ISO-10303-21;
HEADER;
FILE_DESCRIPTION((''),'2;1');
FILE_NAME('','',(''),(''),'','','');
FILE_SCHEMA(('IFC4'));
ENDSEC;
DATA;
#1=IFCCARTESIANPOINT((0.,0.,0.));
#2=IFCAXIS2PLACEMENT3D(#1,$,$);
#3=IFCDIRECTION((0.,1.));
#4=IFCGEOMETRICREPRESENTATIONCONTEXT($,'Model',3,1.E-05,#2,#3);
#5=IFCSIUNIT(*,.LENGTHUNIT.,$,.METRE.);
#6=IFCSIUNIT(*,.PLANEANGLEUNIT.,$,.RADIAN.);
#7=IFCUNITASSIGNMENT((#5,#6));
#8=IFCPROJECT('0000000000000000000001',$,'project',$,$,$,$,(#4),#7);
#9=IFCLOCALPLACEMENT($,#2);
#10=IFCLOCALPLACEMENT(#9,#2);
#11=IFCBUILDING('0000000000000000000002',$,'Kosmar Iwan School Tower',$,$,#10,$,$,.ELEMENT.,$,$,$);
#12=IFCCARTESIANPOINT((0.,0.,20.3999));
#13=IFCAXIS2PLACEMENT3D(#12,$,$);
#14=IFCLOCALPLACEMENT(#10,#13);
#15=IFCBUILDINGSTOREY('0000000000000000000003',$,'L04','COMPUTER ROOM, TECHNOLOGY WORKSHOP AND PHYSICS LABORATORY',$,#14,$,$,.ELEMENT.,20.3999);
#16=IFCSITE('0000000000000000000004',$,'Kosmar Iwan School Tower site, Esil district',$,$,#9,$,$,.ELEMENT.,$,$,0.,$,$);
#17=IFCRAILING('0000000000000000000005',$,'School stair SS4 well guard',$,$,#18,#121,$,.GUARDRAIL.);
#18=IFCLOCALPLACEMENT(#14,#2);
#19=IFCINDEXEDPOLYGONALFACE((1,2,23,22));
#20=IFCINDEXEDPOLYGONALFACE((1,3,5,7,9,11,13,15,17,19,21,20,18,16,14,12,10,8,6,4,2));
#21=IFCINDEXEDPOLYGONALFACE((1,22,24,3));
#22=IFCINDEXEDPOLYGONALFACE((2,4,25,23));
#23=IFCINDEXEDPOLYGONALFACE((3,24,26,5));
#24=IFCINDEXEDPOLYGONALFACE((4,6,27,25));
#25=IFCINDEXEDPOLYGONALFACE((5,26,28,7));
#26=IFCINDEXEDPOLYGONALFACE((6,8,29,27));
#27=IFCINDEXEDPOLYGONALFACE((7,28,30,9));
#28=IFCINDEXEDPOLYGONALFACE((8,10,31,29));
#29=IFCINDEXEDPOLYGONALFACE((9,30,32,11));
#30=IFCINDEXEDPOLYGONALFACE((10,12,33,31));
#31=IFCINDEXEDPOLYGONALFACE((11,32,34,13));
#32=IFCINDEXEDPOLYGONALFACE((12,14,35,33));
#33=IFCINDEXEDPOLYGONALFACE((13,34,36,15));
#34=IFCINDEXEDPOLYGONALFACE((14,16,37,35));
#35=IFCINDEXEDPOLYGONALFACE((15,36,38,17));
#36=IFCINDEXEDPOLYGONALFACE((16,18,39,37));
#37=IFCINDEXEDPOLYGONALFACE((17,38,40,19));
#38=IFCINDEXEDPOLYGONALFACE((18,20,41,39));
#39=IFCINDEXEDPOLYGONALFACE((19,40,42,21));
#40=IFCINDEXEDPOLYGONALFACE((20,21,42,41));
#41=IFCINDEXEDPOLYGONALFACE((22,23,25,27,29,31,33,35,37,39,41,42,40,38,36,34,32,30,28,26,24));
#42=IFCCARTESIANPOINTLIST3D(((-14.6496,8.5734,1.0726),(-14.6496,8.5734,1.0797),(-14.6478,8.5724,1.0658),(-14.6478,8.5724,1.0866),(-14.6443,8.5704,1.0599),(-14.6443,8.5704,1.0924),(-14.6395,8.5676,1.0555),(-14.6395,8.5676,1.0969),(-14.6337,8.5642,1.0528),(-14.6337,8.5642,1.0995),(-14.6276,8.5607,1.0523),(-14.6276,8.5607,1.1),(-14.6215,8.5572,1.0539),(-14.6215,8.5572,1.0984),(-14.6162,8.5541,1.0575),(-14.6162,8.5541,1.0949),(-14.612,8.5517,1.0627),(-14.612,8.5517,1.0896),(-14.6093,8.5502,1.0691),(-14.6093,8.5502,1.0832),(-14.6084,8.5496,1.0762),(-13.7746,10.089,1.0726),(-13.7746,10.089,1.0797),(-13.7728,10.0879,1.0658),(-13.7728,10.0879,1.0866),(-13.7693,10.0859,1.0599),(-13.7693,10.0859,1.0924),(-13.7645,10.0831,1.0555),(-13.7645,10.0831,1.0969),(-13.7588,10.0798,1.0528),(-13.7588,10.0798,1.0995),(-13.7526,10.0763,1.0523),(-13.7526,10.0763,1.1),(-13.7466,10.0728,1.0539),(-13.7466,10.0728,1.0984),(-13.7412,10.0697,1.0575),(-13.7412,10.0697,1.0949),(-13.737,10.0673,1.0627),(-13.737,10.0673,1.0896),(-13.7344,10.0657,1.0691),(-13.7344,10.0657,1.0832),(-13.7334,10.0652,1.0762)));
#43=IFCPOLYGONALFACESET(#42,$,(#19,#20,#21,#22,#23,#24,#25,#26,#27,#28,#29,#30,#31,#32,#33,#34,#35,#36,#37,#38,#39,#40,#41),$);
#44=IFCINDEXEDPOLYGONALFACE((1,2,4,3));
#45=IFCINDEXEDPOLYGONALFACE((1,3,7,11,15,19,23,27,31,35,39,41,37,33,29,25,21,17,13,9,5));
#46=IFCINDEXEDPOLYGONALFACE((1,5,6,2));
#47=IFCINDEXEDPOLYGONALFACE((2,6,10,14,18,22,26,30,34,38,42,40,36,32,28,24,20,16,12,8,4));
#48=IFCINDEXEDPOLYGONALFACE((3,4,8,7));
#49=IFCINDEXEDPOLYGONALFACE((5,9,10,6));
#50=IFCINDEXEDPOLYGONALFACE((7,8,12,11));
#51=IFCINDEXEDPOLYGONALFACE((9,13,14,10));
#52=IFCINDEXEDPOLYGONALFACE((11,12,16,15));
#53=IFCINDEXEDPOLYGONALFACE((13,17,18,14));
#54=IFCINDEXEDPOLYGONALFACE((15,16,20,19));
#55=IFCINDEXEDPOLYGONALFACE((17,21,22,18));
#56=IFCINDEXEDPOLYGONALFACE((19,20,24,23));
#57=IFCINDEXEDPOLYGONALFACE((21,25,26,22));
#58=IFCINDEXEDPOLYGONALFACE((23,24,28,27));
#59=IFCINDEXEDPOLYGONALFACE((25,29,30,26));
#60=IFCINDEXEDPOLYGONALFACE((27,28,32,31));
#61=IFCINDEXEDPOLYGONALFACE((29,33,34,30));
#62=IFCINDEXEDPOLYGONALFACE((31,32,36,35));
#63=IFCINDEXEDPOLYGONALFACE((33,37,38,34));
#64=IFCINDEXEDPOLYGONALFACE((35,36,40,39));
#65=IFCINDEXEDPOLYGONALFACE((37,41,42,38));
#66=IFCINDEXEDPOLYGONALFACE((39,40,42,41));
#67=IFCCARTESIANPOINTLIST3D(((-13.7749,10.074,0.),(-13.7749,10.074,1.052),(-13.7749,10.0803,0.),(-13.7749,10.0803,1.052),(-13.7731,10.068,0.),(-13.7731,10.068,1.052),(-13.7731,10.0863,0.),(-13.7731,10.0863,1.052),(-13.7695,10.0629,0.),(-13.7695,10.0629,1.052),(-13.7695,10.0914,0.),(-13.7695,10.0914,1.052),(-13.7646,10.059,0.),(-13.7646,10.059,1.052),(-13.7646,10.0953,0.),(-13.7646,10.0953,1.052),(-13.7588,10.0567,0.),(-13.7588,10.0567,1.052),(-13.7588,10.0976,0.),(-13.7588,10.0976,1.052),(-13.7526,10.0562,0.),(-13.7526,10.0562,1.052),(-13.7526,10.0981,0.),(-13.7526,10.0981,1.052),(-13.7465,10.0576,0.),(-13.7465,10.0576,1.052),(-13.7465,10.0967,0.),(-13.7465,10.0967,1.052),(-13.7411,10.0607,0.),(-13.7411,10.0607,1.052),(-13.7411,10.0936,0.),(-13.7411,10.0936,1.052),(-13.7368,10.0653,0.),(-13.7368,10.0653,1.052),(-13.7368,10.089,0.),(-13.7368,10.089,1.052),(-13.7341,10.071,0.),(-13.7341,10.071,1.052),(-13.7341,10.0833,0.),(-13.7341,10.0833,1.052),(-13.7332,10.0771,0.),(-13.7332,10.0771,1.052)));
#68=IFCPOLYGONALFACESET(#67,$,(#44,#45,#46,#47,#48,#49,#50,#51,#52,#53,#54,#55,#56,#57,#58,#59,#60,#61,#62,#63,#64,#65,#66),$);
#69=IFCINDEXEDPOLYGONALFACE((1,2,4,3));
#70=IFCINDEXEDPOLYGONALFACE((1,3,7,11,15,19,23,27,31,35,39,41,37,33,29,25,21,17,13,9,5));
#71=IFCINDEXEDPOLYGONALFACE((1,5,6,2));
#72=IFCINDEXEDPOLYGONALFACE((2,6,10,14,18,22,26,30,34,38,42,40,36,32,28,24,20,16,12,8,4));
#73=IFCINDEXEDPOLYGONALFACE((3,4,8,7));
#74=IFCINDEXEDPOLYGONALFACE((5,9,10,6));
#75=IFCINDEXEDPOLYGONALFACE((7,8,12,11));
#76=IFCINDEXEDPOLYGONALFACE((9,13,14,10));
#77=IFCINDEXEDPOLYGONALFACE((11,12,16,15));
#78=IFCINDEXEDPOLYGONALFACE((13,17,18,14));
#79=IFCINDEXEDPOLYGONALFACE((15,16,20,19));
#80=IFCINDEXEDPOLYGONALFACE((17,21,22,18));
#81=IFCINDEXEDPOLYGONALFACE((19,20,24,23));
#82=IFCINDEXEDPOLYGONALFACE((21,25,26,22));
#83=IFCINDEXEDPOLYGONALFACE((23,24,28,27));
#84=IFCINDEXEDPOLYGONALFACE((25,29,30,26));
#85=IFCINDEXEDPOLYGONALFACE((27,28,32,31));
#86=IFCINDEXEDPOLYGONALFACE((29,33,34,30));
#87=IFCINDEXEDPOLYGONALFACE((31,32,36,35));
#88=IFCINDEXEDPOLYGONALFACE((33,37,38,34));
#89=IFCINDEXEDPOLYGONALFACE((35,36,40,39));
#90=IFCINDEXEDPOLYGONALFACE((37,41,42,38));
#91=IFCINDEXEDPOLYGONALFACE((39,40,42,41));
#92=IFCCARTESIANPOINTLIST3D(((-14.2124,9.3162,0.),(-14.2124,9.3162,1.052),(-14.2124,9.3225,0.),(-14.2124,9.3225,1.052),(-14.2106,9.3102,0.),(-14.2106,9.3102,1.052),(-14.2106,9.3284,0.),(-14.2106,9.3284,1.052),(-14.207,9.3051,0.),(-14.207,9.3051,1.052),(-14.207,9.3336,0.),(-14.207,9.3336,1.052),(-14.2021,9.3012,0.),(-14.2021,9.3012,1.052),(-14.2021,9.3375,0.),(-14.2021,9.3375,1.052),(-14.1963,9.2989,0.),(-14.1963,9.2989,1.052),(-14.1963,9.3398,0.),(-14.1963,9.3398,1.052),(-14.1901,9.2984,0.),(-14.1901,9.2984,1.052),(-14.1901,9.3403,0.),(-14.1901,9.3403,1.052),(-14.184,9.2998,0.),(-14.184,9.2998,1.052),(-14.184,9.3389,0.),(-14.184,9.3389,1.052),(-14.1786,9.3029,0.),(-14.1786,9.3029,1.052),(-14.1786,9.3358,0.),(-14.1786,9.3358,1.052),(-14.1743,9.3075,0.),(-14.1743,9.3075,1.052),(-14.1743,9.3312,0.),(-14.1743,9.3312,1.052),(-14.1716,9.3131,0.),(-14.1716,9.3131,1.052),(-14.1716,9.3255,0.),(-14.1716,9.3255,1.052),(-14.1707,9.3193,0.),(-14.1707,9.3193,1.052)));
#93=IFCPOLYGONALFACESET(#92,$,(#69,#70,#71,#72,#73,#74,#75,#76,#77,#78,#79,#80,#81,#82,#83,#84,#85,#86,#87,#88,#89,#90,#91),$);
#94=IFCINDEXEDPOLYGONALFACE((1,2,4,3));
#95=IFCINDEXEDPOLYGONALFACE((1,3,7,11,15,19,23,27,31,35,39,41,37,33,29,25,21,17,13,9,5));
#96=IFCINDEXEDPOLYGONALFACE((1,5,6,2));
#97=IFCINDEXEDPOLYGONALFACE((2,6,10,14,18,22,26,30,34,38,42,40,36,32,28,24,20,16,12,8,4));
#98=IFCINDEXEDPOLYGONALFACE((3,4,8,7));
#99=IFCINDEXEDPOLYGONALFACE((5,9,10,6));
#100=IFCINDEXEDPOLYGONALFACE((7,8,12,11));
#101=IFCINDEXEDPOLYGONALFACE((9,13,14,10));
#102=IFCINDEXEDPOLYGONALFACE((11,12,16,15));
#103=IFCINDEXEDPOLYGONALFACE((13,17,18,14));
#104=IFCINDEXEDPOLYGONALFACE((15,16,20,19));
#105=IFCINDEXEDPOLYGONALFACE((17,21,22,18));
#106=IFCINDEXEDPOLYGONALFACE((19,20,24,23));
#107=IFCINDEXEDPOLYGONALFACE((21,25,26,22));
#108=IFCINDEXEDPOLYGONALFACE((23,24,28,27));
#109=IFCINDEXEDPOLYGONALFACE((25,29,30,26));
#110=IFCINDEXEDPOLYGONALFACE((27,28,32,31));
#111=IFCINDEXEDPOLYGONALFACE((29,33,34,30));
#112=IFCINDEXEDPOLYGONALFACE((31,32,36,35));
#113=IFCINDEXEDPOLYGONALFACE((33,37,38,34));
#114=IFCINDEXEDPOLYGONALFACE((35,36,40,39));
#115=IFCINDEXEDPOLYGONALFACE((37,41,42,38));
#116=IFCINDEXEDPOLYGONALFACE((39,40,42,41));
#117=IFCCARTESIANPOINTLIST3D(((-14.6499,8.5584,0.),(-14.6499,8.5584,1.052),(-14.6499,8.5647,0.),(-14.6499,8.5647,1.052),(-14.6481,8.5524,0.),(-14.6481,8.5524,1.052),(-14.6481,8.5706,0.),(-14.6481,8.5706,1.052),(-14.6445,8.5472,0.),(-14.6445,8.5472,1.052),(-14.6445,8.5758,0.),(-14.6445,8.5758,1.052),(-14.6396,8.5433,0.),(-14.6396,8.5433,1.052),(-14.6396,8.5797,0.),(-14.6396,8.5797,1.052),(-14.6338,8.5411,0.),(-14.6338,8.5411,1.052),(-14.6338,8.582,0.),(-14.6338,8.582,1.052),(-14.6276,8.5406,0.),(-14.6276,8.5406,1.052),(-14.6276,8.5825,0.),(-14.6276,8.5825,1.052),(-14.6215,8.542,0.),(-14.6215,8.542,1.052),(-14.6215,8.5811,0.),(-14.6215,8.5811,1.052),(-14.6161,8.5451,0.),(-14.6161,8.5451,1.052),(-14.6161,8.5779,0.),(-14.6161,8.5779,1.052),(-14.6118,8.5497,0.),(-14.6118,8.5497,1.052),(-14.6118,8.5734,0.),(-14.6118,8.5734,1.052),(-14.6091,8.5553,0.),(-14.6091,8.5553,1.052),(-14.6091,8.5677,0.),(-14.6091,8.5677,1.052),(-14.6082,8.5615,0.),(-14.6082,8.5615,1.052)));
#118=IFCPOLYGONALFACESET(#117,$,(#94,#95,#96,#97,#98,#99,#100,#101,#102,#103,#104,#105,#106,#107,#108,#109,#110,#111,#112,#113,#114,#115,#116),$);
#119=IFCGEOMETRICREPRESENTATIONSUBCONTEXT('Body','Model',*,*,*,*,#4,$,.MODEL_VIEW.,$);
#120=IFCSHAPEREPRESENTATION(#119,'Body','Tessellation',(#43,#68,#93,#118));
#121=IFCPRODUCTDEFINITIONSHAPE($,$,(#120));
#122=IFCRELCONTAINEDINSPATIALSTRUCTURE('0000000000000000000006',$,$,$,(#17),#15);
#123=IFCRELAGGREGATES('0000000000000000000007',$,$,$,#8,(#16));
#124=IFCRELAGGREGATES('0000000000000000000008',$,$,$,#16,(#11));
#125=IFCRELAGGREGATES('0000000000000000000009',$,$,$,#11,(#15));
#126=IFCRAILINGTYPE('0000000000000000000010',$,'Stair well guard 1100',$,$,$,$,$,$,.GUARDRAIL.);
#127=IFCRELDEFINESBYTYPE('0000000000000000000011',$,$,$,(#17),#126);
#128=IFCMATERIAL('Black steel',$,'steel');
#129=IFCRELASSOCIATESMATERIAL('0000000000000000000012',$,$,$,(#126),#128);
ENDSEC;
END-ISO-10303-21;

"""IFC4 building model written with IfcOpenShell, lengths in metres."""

from ifc_helpers import new_model, si_unit, direction, frame, origin, origin_2d, place, context, subcontext, project, spatial, circle, extrude, material, type_object, element, save


model = new_model("IFC4")

# Units and contexts
model_context = context("Model", 3, precision=1e-05, world=origin(), true_north=direction((0.0, 1.0)))
body_context = subcontext(model_context, "Body", "Model", "MODEL_VIEW")
ifc_project = project(units=[si_unit("LENGTHUNIT", "METRE"), si_unit("PLANEANGLEUNIT", "RADIAN")], contexts=[model_context])

# Site, building, storey
site_placement = place(None, origin())
site = spatial("IfcSite", under=ifc_project, at=site_placement, Name="Kosmar Iwan School Tower site, Esil district", CompositionType="ELEMENT", RefElevation=0.0)
building_placement = place(site_placement, origin())
building = spatial("IfcBuilding", under=site, at=building_placement, Name="Kosmar Iwan School Tower", CompositionType="ELEMENT")
storey_placement = place(building_placement, frame((0.0, 0.0, 20.3999)))
storey = spatial("IfcBuildingStorey", under=building, at=storey_placement, Name="L04", Description="COMPUTER ROOM, TECHNOLOGY WORKSHOP AND PHYSICS LABORATORY", CompositionType="ELEMENT", Elevation=20.3999)

# Railing
ifc_material_1 = material(Name="Black steel", Category="steel")
railing_type_1 = type_object("IfcRailingType", Name="Stair well guard 1100", PredefinedType="GUARDRAIL", material=ifc_material_1)
railing_1_placement = place(storey_placement, frame((-13.7542, 10.0771, 0.0)))
element("IfcRailing", 1, at=railing_1_placement, inside=storey, type_object=railing_type_1, Name="School stair SS4 well guard", PredefinedType="GUARDRAIL", context=body_context, shape_type="SweptSolid", body=[
    extrude(circle(Radius=0.0239, at=origin_2d()), frame((0.0, 0.0, 1.0762), z_axis=(-0.49998, -0.866037, 0.0), x_axis=(0.866037, -0.49998, 0.0)), (0.0, 0.0, 1.0), 1.75),
    extrude(circle(Radius=0.021, at=origin_2d()), origin(), (0.0, 0.0, 1.0), 1.052),
    extrude(circle(Radius=0.021, at=origin_2d()), frame((-0.4375, -0.7578, 0.0)), (0.0, 0.0, 1.0), 1.052),
    extrude(circle(Radius=0.021, at=origin_2d()), frame((-0.875, -1.5156, 0.0)), (0.0, 0.0, 1.0), 1.052),
])

save(model, "model.ifc")
